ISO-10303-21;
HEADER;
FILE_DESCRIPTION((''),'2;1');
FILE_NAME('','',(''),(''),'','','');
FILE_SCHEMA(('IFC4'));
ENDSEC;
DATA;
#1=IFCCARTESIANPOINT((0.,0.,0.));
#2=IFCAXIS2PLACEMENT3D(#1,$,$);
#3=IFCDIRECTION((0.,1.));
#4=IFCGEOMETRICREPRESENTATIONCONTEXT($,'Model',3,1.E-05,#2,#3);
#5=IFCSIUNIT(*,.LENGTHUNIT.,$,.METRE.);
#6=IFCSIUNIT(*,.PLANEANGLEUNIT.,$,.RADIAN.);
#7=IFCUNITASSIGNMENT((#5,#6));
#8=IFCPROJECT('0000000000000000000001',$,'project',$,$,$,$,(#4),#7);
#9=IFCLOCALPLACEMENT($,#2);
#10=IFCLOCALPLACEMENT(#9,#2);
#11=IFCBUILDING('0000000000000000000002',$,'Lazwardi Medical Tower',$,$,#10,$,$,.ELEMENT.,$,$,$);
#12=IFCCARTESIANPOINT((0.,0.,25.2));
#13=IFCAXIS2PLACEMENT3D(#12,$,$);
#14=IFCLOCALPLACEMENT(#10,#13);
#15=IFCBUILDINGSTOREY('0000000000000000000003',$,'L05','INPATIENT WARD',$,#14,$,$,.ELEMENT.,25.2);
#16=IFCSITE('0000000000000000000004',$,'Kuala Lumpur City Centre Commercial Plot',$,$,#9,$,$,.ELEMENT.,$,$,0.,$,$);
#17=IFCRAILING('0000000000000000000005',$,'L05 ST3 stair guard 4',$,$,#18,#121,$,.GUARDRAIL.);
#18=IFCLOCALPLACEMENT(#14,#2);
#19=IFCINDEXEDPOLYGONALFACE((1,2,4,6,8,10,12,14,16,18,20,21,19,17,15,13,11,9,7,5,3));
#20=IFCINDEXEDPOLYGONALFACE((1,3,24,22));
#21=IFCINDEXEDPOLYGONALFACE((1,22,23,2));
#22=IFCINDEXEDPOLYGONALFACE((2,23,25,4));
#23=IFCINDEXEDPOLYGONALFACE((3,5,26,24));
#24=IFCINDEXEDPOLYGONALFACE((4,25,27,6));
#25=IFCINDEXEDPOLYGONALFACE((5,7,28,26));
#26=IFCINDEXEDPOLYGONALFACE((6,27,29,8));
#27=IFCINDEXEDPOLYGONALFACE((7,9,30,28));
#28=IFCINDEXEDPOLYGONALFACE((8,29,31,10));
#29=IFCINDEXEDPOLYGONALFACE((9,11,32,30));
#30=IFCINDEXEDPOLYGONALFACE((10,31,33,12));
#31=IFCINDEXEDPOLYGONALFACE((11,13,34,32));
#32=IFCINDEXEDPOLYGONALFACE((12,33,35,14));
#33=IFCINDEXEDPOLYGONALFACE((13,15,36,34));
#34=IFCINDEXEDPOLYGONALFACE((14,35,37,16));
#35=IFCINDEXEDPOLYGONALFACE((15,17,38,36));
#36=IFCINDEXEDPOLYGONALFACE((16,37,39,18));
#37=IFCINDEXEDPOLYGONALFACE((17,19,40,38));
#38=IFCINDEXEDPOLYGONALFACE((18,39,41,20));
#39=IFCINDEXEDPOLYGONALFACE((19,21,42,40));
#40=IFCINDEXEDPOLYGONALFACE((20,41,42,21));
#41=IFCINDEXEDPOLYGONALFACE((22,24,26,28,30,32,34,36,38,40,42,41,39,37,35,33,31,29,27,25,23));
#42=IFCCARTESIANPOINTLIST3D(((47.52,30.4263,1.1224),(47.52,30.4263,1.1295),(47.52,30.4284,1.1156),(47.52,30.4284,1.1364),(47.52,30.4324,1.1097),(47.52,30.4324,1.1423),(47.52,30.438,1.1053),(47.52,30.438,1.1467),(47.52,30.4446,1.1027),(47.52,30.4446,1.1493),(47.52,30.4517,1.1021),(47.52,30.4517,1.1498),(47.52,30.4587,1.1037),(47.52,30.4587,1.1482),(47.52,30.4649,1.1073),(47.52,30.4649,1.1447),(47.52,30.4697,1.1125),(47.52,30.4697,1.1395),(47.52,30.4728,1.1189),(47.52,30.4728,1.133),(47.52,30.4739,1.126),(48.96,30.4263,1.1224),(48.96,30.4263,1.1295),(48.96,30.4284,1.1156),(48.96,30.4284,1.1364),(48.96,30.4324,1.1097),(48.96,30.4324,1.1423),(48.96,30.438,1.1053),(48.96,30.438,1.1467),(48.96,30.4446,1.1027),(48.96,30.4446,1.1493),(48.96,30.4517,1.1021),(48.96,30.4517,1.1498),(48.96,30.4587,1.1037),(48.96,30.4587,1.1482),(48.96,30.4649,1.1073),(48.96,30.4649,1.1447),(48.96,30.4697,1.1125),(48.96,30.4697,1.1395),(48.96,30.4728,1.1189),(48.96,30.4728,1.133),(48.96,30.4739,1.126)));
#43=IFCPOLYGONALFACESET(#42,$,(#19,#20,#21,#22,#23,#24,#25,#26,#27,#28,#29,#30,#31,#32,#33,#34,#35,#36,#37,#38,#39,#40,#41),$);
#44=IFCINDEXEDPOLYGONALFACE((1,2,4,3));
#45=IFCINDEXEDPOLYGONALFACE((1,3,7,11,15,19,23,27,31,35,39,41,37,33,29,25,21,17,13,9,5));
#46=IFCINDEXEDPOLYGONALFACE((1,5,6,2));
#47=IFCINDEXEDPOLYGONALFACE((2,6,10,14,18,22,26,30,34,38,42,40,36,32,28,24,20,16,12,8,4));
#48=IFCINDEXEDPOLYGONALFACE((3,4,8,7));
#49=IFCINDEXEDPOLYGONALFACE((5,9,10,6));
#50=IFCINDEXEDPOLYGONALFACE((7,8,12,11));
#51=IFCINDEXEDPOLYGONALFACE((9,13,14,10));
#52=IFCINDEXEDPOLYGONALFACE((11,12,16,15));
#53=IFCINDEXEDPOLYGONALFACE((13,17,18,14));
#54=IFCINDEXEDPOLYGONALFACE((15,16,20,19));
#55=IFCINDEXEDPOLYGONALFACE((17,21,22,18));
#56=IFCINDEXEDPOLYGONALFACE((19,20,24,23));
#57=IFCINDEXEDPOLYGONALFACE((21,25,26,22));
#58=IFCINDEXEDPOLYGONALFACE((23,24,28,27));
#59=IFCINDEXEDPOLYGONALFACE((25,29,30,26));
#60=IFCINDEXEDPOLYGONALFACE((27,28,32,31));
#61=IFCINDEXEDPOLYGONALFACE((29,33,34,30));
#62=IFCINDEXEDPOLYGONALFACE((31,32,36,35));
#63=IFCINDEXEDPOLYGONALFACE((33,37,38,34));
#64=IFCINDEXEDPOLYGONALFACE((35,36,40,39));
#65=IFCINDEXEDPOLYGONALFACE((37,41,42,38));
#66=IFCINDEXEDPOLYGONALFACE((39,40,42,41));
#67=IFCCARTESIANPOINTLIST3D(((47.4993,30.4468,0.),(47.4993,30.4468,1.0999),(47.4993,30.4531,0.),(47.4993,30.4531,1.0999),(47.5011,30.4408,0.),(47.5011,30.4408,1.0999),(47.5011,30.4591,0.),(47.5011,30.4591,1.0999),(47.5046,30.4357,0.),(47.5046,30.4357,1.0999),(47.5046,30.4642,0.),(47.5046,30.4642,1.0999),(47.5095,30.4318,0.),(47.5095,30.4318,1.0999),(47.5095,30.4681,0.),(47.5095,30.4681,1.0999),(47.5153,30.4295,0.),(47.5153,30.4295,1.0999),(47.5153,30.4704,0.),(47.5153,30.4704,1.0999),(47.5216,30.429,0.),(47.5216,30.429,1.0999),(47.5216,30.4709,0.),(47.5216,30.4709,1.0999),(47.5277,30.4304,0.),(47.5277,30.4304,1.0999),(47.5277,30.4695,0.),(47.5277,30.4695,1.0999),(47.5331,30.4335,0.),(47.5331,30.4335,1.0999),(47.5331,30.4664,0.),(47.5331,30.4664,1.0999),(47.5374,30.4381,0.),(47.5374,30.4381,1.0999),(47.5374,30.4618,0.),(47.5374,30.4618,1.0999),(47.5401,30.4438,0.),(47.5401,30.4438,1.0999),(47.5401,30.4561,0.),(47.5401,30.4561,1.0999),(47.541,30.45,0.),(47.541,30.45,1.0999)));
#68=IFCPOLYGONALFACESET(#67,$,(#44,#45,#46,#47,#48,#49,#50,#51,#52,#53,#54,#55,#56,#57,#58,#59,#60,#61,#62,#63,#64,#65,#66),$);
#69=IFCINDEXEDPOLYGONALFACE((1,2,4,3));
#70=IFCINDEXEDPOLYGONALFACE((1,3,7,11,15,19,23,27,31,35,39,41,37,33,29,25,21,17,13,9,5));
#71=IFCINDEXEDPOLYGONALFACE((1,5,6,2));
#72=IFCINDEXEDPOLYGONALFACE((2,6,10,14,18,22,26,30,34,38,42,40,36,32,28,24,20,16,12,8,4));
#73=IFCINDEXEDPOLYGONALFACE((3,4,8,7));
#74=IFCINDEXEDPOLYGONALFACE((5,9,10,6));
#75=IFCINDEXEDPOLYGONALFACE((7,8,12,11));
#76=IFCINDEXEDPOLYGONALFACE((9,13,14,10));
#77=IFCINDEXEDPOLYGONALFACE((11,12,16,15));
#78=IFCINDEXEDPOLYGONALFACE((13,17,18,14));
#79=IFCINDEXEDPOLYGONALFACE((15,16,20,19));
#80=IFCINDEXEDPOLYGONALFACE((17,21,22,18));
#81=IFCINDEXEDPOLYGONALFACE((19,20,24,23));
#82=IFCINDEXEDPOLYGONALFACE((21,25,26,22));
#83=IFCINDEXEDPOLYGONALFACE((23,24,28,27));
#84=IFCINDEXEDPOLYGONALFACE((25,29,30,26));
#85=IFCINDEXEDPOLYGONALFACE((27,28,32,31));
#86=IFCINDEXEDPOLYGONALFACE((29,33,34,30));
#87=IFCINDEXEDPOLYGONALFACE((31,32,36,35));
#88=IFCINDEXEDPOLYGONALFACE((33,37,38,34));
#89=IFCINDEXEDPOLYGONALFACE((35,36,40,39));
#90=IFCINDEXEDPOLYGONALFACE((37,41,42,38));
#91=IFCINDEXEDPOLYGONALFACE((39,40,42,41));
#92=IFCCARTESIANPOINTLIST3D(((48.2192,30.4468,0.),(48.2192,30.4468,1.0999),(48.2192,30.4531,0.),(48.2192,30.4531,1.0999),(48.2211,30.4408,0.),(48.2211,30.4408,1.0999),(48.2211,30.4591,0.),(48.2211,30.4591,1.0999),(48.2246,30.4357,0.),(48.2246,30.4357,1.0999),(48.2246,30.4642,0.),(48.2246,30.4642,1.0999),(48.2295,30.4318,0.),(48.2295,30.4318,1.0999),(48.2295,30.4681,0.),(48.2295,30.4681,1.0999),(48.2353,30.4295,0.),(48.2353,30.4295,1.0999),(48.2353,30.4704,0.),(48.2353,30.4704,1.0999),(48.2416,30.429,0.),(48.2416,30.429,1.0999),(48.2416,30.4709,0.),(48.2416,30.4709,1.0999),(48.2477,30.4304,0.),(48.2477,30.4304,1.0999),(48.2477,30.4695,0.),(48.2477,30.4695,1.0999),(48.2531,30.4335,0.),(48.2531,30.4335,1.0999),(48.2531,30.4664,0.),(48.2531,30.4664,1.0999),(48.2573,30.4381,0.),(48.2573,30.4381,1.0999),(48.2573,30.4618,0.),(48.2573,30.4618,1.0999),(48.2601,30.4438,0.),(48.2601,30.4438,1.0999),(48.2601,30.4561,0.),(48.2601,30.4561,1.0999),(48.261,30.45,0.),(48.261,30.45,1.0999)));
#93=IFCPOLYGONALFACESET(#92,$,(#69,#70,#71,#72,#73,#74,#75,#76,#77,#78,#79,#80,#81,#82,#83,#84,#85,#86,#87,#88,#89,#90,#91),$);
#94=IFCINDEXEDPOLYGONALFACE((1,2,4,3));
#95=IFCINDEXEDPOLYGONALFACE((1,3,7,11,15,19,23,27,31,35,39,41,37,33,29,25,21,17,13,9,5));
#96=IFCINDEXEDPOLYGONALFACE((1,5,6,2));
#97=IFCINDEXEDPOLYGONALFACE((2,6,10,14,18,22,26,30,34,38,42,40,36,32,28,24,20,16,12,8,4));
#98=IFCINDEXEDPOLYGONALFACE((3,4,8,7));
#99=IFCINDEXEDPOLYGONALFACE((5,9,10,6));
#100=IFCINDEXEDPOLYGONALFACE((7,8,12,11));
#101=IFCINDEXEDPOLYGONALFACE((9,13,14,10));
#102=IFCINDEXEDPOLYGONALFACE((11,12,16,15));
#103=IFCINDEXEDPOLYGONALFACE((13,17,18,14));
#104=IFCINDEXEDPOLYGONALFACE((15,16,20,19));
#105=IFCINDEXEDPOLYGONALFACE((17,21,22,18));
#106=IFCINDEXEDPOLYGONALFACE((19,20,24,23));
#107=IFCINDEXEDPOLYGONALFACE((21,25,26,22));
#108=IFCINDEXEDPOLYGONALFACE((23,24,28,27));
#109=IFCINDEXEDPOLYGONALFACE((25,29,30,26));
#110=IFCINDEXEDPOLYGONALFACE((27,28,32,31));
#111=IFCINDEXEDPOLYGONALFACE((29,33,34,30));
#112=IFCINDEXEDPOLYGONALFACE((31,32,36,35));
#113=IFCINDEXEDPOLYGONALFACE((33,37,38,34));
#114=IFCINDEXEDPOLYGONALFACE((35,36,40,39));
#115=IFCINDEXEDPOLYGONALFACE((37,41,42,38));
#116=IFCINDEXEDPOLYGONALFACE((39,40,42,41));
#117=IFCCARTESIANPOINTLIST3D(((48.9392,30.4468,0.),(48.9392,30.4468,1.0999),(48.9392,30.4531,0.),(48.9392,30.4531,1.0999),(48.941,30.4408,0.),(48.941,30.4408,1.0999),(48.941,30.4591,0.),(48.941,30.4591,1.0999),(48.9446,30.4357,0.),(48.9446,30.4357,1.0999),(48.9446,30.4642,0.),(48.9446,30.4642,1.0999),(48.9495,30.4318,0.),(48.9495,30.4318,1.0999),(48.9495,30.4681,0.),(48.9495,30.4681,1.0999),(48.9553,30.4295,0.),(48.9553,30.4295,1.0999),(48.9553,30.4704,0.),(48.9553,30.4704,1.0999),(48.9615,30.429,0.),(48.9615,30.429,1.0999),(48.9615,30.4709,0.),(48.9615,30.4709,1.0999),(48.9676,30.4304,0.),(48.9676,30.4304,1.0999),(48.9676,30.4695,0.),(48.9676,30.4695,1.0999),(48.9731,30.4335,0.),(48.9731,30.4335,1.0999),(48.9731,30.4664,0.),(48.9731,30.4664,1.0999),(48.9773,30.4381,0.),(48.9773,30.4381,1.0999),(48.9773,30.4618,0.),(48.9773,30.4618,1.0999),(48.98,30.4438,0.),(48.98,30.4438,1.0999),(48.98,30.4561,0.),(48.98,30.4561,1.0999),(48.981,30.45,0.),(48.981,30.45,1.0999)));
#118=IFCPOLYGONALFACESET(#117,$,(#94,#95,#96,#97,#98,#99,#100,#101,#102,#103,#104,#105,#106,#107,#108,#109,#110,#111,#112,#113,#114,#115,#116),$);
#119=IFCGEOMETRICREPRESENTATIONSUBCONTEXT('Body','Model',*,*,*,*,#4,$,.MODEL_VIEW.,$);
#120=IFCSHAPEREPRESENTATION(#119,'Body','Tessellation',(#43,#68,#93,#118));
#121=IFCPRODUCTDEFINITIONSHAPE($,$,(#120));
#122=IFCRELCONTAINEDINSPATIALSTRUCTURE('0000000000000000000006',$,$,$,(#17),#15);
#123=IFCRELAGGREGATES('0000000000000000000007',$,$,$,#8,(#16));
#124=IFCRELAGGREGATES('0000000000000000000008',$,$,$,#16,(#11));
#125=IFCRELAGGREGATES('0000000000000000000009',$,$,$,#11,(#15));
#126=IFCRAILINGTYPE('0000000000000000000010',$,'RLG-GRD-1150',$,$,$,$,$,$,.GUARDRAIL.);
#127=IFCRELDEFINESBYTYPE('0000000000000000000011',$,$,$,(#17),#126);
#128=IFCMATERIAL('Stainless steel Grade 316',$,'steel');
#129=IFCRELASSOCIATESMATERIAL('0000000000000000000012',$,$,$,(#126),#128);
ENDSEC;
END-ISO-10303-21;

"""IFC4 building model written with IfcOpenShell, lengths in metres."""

from ifc_helpers import new_model, si_unit, direction, frame, origin, origin_2d, place, context, subcontext, project, spatial, circle, extrude, material, type_object, element, save


model = new_model("IFC4")

# Units and contexts
model_context = context("Model", 3, precision=1e-05, world=origin(), true_north=direction((0.0, 1.0)))
body_context = subcontext(model_context, "Body", "Model", "MODEL_VIEW")
ifc_project = project(units=[si_unit("LENGTHUNIT", "METRE"), si_unit("PLANEANGLEUNIT", "RADIAN")], contexts=[model_context])

# Site, building, storey
site_placement = place(None, origin())
site = spatial("IfcSite", under=ifc_project, at=site_placement, Name="Kuala Lumpur City Centre Commercial Plot", CompositionType="ELEMENT", RefElevation=0.0)
building_placement = place(site_placement, origin())
building = spatial("IfcBuilding", under=site, at=building_placement, Name="Lazwardi Medical Tower", CompositionType="ELEMENT")
storey_placement = place(building_placement, frame((0.0, 0.0, 25.2)))
storey = spatial("IfcBuildingStorey", under=building, at=storey_placement, Name="L05", Description="INPATIENT WARD", CompositionType="ELEMENT", Elevation=25.2)

# Railing
ifc_material_1 = material(Name="Stainless steel Grade 316", Category="steel")
railing_type_1 = type_object("IfcRailingType", Name="RLG-GRD-1150", PredefinedType="GUARDRAIL", material=ifc_material_1)
railing_1_placement = place(storey_placement, frame((47.52, 30.45, 0.0)))
element("IfcRailing", 1, at=railing_1_placement, inside=storey, type_object=railing_type_1, Name="L05 ST3 stair guard 4", PredefinedType="GUARDRAIL", context=body_context, shape_type="SweptSolid", body=[
    extrude(circle(Radius=0.0239, at=origin_2d()), frame((0.0, 0.0, 1.126), z_axis=(1.0, 0.0, 0.0), x_axis=(0.0, 1.0, 0.0)), (0.0, 0.0, 1.0), 1.4399),
    extrude(circle(Radius=0.021, at=origin_2d()), origin(), (0.0, 0.0, 1.0), 1.0999),
    extrude(circle(Radius=0.021, at=origin_2d()), frame((0.72, 0.0, 0.0)), (0.0, 0.0, 1.0), 1.0999),
    extrude(circle(Radius=0.021, at=origin_2d()), frame((1.4399, 0.0, 0.0)), (0.0, 0.0, 1.0), 1.0999),
])

save(model, "model.ifc")
